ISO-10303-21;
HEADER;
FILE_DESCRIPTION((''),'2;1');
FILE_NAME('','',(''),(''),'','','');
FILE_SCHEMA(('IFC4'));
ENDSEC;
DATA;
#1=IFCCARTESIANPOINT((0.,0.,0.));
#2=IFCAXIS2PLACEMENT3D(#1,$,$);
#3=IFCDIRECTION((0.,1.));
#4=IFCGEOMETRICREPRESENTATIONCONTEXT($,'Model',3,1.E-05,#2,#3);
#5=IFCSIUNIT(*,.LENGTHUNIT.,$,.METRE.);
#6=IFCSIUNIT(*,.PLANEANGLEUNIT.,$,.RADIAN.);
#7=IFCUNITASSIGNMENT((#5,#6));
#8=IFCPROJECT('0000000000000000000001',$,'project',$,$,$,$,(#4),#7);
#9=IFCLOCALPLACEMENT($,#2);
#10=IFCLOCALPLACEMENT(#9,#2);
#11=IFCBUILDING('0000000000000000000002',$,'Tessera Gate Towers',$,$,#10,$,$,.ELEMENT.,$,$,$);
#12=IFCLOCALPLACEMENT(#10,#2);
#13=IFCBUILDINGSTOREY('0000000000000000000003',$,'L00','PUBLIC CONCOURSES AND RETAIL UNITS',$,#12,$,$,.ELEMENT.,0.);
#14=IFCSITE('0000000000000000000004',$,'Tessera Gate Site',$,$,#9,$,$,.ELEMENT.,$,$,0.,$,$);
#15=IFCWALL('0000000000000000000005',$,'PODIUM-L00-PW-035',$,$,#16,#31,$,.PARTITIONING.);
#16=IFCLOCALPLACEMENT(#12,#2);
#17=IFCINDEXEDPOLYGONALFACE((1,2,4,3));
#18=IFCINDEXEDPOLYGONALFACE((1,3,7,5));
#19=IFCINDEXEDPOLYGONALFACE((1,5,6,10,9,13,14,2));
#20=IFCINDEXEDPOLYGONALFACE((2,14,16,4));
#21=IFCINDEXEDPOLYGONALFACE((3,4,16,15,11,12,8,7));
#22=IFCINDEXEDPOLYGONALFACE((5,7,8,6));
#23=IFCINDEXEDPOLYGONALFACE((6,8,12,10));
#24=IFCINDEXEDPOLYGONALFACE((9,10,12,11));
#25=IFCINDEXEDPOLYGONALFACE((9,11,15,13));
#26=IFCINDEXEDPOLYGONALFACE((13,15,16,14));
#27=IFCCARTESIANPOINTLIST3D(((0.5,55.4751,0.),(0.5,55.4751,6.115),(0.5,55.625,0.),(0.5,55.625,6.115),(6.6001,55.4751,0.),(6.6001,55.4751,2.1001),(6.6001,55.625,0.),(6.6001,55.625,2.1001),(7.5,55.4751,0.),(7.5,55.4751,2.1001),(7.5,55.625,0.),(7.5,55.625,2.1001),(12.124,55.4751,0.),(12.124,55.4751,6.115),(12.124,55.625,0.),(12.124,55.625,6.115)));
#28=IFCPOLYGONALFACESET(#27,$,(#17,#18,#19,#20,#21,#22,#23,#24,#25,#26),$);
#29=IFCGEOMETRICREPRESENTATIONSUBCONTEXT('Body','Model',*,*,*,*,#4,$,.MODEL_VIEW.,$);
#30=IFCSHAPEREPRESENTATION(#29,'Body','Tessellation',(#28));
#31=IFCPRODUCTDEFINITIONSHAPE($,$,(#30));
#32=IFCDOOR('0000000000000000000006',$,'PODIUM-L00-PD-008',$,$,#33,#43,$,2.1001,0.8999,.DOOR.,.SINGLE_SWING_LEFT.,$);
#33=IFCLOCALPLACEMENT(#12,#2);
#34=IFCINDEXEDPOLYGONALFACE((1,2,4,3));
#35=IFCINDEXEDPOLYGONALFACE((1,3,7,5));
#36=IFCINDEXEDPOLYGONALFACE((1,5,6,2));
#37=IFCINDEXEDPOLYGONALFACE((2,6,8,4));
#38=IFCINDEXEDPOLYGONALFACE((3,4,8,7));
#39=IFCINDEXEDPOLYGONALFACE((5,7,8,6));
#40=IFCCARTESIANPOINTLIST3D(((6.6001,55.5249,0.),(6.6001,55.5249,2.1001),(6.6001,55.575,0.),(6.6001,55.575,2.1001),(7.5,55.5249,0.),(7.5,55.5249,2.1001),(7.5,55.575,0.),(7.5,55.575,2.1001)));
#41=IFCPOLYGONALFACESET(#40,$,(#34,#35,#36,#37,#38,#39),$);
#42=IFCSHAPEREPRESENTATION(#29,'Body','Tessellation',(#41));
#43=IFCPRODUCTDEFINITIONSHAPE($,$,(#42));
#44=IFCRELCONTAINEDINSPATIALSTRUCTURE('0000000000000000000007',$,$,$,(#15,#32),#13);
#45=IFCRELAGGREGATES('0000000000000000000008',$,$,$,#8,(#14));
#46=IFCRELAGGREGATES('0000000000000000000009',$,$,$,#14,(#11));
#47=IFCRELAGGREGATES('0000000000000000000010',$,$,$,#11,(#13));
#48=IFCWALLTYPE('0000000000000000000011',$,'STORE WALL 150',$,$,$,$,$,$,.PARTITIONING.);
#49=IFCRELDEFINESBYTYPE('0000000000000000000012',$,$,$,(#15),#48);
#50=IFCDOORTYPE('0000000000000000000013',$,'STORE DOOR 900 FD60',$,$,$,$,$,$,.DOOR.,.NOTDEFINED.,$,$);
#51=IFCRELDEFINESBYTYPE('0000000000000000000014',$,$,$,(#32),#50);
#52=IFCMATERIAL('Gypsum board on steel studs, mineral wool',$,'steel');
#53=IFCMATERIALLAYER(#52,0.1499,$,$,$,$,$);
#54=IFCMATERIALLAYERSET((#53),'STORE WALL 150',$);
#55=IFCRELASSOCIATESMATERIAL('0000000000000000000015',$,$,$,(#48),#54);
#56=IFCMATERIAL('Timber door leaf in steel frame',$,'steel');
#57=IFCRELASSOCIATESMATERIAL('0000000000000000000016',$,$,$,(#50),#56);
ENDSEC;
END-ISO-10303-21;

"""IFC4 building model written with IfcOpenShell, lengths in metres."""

from ifc_helpers import new_model, si_unit, direction, frame, frame_2d, origin, place, context, subcontext, project, spatial, rectangle, extrude, source, transform, mapped, material, layer, layer_set, type_object, element, fill, save


model = new_model("IFC4")

# Units and contexts
model_context = context("Model", 3, precision=1e-05, world=origin(), true_north=direction((0.0, 1.0)))
body_context = subcontext(model_context, "Body", "Model", "MODEL_VIEW")
ifc_project = project(units=[si_unit("LENGTHUNIT", "METRE"), si_unit("PLANEANGLEUNIT", "RADIAN")], contexts=[model_context])

# Site, building, storey
site_placement = place(None, origin())
site = spatial("IfcSite", under=ifc_project, at=site_placement, Name="Tessera Gate Site", CompositionType="ELEMENT", RefElevation=0.0)
building_placement = place(site_placement, origin())
building = spatial("IfcBuilding", under=site, at=building_placement, Name="Tessera Gate Towers", CompositionType="ELEMENT")
storey_placement = place(building_placement, origin())
storey = spatial("IfcBuildingStorey", under=building, at=storey_placement, Name="L00", Description="PUBLIC CONCOURSES AND RETAIL UNITS", CompositionType="ELEMENT", Elevation=0.0)

# Wall, opening, door
ifc_material_1 = material(Name="Gypsum board on steel studs, mineral wool", Category="steel")
ifc_layer_1 = layer(ifc_material_1, 0.1499)
ifc_layer_set_1 = layer_set([ifc_layer_1], Name="STORE WALL 150")
wall_type_1 = type_object("IfcWallType", Name="STORE WALL 150", PredefinedType="PARTITIONING", material=ifc_layer_set_1)
wall_1_placement = place(storey_placement, frame((0.5, 55.55, 0.0), z_axis=(0.0, 0.0, 1.0), x_axis=(1.0, 0.0, 0.0)))
wall_1 = element("IfcWall", 1, at=wall_1_placement, inside=storey, type_object=wall_type_1, Name="PODIUM-L00-PW-035", PredefinedType="PARTITIONING", context=body_context, shape_type="SweptSolid", body=[
    extrude(rectangle(XDim=11.624, YDim=0.1499, at=frame_2d((5.812, 0.0))), origin(), (0.0, 0.0, 1.0), 6.115),
])
shared_shape_1 = source(origin(), body_context, "Body", "SweptSolid", [
    extrude(rectangle(XDim=0.8999, YDim=2.1001, at=frame_2d((0.45, 1.05))), frame((0.0, 0.085, 0.0), z_axis=(0.0, -1.0, 0.0), x_axis=(1.0, 0.0, 0.0)), (0.0, 0.0, 1.0), 0.1699),
])
opening_1_placement = place(wall_1_placement, frame((6.1001, 0.0, 0.0)))
opening_1 = element("IfcOpeningElement", 2, at=opening_1_placement, cuts=wall_1, PredefinedType="OPENING", context=body_context, shape_type="MappedRepresentation", body=[
    mapped(shared_shape_1, transform((0.0, 0.0, 0.0), scale=1.0)),
])
ifc_material_2 = material(Name="Timber door leaf in steel frame", Category="steel")
door_type_1 = type_object("IfcDoorType", Name="STORE DOOR 900 FD60", OperationType="NOTDEFINED", PredefinedType="DOOR", material=ifc_material_2)
shared_shape_2 = source(origin(), body_context, "Body", "SweptSolid", [
    extrude(rectangle(XDim=0.8999, YDim=2.1001, at=frame_2d((0.45, 1.05))), frame((0.0, 0.0249, 0.0), z_axis=(0.0, -1.0, 0.0), x_axis=(1.0, 0.0, 0.0)), (0.0, 0.0, 1.0), 0.05),
])
door_1_placement = place(opening_1_placement, origin())
door_1 = element("IfcDoor", 3, at=door_1_placement, inside=storey, type_object=door_type_1, Name="PODIUM-L00-PD-008", OperationType="SINGLE_SWING_LEFT", OverallHeight=2.1001, OverallWidth=0.8999, PredefinedType="DOOR", context=body_context, shape_type="MappedRepresentation", body=[
    mapped(shared_shape_2, transform((0.0, 0.0, 0.0), scale=1.0)),
])
fill(opening_1, door_1)

save(model, "model.ifc")
